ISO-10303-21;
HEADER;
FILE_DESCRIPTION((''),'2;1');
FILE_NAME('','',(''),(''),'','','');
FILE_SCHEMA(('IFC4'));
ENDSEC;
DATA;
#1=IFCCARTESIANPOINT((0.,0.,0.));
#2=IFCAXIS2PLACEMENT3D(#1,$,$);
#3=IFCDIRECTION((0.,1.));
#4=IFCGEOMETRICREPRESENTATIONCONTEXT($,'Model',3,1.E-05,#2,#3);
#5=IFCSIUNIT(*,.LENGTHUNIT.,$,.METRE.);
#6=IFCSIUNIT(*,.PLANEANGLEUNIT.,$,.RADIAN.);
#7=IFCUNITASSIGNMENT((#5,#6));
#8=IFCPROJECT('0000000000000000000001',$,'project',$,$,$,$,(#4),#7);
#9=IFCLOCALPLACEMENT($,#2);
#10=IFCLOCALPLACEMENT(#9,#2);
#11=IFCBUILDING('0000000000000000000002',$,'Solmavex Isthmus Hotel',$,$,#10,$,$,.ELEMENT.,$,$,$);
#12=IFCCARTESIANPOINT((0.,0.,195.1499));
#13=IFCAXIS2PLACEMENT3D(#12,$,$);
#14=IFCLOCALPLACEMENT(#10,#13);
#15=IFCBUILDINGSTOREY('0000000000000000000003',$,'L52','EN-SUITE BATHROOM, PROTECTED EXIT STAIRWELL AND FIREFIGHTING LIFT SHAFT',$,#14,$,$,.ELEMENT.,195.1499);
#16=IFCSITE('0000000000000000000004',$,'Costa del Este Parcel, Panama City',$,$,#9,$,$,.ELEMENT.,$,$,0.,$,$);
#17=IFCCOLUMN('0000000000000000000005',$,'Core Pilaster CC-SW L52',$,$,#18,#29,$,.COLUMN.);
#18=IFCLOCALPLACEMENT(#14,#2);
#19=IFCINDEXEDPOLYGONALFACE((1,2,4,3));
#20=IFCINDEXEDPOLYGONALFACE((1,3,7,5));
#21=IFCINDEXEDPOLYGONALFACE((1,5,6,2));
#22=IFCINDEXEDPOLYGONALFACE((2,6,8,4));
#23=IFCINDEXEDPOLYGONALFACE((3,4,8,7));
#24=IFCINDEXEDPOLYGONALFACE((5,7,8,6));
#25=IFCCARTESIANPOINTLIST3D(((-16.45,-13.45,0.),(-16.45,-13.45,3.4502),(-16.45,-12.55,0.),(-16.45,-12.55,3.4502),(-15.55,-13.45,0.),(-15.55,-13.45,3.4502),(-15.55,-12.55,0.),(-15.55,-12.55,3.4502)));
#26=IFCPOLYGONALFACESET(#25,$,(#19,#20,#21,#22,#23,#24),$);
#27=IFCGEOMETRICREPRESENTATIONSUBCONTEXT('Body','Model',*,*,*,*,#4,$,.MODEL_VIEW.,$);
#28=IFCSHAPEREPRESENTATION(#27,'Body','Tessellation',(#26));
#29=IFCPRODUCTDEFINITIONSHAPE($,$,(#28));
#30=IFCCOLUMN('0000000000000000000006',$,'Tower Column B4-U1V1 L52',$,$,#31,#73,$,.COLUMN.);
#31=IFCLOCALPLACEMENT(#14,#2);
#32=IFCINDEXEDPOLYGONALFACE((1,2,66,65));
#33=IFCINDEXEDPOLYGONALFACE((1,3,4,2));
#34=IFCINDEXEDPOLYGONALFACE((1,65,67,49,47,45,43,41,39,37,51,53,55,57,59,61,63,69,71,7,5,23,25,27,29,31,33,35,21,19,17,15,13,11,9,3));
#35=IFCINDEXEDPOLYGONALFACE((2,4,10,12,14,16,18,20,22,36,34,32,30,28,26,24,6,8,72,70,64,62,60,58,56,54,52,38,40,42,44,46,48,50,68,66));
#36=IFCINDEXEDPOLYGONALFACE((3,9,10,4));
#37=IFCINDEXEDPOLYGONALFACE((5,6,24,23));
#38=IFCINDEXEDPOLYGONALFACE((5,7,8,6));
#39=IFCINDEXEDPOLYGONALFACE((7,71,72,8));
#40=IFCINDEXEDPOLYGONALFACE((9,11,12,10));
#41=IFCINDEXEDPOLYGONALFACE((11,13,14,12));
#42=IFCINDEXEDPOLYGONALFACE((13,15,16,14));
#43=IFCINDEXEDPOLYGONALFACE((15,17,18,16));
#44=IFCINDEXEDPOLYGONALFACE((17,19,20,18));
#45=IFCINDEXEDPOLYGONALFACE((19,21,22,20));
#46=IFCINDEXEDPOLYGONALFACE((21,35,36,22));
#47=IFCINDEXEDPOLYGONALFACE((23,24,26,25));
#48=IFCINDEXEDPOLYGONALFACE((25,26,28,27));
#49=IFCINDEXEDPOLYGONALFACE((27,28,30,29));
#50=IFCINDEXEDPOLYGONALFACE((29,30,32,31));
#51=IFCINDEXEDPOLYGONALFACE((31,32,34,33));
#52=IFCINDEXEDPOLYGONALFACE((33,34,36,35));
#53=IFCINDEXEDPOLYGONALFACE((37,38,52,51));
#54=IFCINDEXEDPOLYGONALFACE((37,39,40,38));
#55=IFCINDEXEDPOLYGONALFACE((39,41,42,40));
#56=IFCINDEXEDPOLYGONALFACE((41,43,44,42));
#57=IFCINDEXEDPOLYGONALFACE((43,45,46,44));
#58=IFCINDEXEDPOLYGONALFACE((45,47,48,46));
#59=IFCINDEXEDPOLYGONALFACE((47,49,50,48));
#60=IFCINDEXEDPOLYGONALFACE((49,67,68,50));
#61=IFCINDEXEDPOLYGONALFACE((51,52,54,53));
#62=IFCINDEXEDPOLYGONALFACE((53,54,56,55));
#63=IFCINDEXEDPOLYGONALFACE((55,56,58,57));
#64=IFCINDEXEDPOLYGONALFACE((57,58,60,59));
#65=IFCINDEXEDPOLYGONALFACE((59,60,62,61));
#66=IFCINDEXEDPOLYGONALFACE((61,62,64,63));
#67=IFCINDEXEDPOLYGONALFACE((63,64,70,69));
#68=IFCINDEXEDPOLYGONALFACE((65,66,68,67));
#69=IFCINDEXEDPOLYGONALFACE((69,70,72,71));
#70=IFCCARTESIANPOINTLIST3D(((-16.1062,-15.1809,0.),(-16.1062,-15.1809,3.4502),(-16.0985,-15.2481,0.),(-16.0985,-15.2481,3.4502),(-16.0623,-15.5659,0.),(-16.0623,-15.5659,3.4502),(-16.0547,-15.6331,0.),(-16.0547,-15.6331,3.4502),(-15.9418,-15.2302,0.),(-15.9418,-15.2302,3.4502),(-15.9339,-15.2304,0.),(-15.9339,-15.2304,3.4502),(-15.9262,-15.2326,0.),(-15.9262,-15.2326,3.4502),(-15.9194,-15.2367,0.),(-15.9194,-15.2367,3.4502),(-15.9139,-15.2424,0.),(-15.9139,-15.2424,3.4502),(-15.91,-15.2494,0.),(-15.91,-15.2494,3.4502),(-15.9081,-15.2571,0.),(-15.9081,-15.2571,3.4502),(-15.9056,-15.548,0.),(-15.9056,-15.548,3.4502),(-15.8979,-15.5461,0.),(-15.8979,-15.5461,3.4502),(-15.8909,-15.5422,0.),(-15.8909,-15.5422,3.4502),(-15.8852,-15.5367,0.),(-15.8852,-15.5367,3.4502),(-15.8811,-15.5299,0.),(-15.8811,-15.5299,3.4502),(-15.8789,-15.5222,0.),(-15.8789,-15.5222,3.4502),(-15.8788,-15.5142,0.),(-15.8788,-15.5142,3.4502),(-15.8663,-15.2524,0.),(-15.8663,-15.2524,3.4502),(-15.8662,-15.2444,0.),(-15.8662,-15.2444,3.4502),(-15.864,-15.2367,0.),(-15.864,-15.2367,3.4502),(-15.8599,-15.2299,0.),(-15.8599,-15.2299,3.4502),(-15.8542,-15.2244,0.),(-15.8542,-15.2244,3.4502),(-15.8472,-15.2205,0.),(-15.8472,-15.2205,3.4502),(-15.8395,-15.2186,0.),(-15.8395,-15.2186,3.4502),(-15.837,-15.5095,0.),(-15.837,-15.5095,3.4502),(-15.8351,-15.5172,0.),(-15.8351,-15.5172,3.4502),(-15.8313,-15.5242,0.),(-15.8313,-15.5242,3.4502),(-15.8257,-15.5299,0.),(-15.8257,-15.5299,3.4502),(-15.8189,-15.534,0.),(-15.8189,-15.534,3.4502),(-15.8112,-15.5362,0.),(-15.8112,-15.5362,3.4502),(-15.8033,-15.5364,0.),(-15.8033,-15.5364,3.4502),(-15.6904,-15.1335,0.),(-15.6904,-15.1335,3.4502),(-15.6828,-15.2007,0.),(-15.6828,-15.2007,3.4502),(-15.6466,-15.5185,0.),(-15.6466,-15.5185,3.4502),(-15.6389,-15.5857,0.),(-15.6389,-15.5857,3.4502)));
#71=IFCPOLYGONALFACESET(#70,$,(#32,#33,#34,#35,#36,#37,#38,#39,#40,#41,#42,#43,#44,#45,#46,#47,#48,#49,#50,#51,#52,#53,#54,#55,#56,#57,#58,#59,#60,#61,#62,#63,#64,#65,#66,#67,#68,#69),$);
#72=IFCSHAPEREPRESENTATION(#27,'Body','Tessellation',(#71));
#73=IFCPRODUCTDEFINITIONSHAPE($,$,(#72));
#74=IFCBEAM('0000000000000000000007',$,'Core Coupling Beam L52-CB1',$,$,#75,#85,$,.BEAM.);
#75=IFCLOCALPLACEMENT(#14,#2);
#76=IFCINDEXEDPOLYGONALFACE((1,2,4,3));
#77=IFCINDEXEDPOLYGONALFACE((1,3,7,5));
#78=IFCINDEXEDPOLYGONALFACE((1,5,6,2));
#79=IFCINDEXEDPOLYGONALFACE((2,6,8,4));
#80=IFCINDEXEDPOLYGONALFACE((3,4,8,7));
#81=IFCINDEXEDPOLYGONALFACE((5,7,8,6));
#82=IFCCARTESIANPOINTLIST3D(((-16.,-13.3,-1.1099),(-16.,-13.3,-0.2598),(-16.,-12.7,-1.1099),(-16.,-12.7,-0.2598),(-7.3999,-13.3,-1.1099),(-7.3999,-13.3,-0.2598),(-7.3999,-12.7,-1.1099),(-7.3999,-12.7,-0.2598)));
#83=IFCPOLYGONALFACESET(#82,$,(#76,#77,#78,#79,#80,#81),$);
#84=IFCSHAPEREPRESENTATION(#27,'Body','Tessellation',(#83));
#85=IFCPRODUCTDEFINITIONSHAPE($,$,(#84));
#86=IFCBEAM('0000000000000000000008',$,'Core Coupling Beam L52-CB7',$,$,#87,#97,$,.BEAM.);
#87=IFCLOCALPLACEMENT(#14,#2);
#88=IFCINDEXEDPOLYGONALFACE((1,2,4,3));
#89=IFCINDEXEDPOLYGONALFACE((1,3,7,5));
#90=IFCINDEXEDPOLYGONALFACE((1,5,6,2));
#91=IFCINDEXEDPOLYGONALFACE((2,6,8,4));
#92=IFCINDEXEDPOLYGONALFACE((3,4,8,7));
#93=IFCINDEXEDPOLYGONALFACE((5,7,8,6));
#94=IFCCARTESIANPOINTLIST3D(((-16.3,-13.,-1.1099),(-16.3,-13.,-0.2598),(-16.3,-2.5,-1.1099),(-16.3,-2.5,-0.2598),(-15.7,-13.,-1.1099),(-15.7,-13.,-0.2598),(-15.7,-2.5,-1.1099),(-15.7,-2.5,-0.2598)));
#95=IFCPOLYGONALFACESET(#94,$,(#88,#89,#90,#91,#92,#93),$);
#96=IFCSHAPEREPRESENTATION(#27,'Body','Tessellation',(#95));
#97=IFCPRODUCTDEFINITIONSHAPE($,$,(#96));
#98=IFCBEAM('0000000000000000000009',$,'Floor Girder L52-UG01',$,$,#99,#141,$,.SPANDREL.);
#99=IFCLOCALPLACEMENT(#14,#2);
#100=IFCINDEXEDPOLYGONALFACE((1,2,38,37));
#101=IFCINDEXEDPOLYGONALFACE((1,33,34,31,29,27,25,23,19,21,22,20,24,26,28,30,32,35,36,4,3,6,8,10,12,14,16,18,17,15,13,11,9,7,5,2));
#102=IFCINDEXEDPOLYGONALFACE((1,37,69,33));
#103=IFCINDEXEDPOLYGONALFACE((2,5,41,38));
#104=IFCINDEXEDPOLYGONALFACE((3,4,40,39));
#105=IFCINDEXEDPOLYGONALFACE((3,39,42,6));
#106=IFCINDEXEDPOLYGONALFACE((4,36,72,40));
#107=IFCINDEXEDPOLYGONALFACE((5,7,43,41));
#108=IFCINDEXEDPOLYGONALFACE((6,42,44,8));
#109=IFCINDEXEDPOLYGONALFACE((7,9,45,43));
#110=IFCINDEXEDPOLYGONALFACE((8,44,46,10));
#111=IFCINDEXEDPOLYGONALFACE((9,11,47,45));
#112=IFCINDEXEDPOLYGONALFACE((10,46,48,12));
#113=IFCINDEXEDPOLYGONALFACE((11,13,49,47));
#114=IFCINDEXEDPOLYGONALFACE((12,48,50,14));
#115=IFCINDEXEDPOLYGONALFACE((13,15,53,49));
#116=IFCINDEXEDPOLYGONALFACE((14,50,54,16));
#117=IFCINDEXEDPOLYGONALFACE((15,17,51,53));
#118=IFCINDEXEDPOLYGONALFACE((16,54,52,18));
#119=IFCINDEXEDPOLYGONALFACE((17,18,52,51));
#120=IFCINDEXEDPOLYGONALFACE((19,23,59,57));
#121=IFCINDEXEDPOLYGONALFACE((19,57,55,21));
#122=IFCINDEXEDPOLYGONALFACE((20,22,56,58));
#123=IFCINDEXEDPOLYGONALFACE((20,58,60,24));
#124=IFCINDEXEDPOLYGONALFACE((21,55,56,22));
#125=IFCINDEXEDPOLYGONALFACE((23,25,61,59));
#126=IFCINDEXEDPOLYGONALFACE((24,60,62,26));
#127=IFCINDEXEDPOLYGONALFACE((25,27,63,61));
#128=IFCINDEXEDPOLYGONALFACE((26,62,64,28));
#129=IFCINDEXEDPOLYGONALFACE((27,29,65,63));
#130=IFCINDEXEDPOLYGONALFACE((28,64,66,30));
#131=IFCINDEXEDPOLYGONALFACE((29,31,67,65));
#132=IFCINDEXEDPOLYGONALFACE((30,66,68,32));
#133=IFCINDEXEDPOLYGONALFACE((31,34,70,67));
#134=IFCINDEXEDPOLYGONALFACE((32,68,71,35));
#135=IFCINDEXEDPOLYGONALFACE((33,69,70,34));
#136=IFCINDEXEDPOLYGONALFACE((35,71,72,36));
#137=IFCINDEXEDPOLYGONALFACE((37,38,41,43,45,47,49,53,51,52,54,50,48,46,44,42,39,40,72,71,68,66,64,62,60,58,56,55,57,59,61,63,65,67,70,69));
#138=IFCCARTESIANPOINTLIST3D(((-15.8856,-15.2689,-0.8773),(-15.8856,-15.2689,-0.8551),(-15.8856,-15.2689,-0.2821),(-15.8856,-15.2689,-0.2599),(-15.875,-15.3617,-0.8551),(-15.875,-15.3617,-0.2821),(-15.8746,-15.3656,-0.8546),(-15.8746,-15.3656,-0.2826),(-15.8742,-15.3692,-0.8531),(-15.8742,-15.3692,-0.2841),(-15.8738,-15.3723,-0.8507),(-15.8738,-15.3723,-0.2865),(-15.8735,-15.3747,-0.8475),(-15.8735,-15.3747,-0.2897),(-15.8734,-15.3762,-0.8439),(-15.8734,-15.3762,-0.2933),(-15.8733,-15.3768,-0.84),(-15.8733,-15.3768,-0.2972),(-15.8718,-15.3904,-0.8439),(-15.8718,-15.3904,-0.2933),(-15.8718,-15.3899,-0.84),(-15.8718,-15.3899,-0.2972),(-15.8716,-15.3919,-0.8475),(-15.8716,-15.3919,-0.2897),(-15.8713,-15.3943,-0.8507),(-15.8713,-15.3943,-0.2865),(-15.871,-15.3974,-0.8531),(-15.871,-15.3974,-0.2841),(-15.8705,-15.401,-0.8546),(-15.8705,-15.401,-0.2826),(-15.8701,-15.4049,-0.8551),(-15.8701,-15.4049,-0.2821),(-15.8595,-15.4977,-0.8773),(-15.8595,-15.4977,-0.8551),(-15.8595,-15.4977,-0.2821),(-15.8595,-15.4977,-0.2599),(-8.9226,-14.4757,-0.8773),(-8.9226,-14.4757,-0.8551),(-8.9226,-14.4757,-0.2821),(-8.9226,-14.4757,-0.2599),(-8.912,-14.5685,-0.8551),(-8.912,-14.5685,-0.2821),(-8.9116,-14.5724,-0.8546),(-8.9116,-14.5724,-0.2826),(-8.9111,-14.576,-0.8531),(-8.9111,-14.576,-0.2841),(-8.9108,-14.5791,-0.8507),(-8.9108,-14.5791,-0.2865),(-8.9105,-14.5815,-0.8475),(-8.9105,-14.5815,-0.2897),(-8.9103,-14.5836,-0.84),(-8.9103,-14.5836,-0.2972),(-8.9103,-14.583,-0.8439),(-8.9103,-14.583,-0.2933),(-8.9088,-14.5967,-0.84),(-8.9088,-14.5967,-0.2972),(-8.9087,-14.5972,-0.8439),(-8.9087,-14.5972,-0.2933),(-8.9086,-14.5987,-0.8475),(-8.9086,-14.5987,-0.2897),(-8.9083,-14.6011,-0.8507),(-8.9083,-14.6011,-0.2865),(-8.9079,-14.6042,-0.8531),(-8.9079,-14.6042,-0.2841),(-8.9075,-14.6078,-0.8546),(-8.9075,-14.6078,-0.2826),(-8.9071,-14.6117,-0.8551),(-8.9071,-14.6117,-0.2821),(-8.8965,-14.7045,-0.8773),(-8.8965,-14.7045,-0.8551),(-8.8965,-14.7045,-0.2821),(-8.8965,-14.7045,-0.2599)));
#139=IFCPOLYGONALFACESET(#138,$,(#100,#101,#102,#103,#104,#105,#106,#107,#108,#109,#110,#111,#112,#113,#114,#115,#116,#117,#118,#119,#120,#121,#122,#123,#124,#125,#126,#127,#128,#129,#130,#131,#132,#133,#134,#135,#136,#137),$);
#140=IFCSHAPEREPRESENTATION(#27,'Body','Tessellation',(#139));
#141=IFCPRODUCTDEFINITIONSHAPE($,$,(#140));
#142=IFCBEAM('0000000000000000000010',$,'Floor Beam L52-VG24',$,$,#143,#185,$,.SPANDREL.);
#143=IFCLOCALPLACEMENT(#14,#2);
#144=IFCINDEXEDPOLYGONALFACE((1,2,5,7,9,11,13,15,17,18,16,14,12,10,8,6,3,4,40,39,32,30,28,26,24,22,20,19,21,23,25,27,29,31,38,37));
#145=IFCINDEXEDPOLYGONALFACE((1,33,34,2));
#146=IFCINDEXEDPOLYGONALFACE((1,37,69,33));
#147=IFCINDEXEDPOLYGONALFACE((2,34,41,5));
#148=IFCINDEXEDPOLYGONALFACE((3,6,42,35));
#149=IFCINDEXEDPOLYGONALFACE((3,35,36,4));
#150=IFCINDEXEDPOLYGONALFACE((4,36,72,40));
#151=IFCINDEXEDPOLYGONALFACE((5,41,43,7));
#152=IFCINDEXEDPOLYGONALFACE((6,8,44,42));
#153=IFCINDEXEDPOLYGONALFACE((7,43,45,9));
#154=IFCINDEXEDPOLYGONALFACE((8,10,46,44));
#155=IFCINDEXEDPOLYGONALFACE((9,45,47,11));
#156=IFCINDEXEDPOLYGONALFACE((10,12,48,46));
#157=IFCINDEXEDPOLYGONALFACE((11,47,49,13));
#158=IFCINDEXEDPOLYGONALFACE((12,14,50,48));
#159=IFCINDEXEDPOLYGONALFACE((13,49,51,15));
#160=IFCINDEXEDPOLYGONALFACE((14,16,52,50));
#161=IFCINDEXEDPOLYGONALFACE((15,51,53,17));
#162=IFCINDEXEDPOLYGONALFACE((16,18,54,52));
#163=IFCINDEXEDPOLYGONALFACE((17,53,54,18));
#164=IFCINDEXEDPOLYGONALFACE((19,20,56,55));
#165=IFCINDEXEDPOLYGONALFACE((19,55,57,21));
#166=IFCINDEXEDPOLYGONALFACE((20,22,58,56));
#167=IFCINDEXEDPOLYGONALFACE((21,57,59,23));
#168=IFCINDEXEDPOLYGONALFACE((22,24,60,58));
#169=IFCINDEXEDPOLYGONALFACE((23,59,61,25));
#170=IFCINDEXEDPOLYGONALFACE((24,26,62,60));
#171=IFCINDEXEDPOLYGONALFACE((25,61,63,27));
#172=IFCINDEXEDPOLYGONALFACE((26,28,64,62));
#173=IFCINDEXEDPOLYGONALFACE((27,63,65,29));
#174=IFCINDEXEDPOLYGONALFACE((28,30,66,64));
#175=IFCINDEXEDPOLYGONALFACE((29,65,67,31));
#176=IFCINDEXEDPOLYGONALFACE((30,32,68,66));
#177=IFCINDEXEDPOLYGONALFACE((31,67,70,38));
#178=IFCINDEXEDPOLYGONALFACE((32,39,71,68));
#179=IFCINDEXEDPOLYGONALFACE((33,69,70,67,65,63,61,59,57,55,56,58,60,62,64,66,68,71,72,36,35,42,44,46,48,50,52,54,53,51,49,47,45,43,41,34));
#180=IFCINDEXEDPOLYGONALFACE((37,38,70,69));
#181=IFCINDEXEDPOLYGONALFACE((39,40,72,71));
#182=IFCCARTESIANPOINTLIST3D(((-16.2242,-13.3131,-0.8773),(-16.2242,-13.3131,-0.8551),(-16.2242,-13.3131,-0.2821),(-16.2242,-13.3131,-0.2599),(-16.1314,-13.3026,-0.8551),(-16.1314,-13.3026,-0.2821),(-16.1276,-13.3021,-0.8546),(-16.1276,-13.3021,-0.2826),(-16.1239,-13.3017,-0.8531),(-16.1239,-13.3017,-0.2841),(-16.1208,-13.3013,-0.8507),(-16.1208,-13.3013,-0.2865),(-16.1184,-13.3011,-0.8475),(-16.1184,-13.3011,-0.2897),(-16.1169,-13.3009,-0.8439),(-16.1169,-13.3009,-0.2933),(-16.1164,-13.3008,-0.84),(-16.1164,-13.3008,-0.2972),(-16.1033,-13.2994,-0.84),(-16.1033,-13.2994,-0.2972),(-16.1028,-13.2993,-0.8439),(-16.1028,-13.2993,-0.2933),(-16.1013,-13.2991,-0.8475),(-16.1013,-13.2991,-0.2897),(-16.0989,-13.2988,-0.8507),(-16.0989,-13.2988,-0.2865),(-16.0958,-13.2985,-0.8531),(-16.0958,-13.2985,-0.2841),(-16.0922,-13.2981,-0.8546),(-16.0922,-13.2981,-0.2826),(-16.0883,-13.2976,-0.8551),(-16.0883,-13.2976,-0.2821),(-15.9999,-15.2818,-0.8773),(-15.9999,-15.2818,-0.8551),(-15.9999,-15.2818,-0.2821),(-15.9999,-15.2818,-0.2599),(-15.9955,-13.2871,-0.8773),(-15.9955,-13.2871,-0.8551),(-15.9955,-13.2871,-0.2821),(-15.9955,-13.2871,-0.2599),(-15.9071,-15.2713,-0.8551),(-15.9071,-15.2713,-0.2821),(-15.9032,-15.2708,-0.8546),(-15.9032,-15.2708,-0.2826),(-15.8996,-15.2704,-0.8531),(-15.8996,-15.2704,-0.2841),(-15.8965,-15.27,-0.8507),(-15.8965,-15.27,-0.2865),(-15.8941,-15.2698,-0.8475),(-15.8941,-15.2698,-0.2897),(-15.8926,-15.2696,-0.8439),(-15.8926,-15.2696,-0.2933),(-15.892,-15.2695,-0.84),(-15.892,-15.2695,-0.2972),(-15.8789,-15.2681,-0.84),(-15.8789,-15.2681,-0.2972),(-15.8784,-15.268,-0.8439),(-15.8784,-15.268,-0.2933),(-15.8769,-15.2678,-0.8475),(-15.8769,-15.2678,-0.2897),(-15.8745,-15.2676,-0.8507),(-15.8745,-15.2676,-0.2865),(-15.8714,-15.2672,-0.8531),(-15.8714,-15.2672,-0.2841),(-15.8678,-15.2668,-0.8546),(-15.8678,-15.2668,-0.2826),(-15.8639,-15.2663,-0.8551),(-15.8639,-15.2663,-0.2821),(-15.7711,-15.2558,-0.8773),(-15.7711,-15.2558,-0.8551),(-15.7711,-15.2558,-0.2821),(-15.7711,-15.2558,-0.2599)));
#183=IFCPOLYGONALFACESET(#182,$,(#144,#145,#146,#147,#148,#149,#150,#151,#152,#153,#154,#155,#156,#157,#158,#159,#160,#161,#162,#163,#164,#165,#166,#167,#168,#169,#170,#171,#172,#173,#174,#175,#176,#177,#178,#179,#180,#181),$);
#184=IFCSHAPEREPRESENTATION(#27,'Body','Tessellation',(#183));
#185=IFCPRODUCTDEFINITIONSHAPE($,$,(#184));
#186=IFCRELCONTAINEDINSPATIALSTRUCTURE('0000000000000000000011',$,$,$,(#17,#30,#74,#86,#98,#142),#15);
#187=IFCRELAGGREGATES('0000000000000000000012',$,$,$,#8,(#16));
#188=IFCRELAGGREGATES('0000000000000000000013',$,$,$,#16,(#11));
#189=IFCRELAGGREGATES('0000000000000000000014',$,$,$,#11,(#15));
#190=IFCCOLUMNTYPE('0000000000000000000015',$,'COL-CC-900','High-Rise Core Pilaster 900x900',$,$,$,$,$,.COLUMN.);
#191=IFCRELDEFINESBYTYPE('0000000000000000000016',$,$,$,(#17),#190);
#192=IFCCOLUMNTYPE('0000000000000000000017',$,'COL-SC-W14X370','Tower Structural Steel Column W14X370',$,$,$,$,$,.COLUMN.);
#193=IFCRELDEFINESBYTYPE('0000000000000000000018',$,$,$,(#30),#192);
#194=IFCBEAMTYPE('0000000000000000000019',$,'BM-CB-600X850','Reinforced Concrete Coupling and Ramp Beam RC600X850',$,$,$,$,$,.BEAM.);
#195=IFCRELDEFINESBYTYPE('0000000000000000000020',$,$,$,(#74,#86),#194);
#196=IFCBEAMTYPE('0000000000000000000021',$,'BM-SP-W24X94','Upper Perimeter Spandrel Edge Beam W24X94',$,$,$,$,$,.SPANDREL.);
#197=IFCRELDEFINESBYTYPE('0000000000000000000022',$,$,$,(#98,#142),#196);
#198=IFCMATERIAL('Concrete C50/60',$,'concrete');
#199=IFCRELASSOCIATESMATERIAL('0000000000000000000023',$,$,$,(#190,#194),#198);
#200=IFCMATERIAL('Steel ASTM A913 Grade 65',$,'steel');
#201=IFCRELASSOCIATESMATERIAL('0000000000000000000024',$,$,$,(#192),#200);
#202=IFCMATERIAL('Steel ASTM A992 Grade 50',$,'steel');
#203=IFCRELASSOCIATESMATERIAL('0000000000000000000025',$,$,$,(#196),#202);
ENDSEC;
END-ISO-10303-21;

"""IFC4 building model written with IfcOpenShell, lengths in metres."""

from ifc_helpers import new_model, si_unit, direction, frame, origin, origin_2d, place, context, subcontext, project, spatial, rectangle, i_section, extrude, material, material_profile, profile_set, type_object, element, save


model = new_model("IFC4")

# Units and contexts
model_context = context("Model", 3, precision=1e-05, world=origin(), true_north=direction((0.0, 1.0)))
body_context = subcontext(model_context, "Body", "Model", "MODEL_VIEW")
ifc_project = project(units=[si_unit("LENGTHUNIT", "METRE"), si_unit("PLANEANGLEUNIT", "RADIAN")], contexts=[model_context])

# Site, building, storey
site_placement = place(None, origin())
site = spatial("IfcSite", under=ifc_project, at=site_placement, Name="Costa del Este Parcel, Panama City", CompositionType="ELEMENT", RefElevation=0.0)
building_placement = place(site_placement, origin())
building = spatial("IfcBuilding", under=site, at=building_placement, Name="Solmavex Isthmus Hotel", CompositionType="ELEMENT")
storey_placement = place(building_placement, frame((0.0, 0.0, 195.1499)))
storey = spatial("IfcBuildingStorey", under=building, at=storey_placement, Name="L52", Description="EN-SUITE BATHROOM, PROTECTED EXIT STAIRWELL AND FIREFIGHTING LIFT SHAFT", CompositionType="ELEMENT", Elevation=195.1499)

# Columns
ifc_material_1 = material(Name="Concrete C50/60", Category="concrete")
ifc_material_profile_1 = material_profile(ifc_material_1, rectangle(XDim=0.8999, YDim=0.8999, at=origin_2d()), Name="RC900X900")
ifc_profile_set_1 = profile_set([ifc_material_profile_1], Name="Concrete C50/60")
column_type_1 = type_object("IfcColumnType", Name="COL-CC-900", Description="High-Rise Core Pilaster 900x900", PredefinedType="COLUMN", material=ifc_profile_set_1)
column_1_placement = place(storey_placement, frame((-16.0, -13.0, 0.0), z_axis=(0.0, 0.0, 1.0), x_axis=(1.0, 0.0, 0.0)))
element("IfcColumn", 1, at=column_1_placement, inside=storey, type_object=column_type_1, Name="Core Pilaster CC-SW L52", PredefinedType="COLUMN", context=body_context, shape_type="SweptSolid", body=[
    extrude(rectangle(XDim=0.8999, YDim=0.8999, at=origin_2d()), origin(), (0.0, 0.0, 1.0), 3.4502),
])
ifc_material_2 = material(Name="Steel ASTM A913 Grade 65", Category="steel")
ifc_material_profile_2 = material_profile(ifc_material_2, i_section(OverallWidth=0.4185, OverallDepth=0.4551, WebThickness=0.042, FlangeThickness=0.0676, FilletRadius=0.0305, at=origin_2d()), Name="W14X370")
ifc_profile_set_2 = profile_set([ifc_material_profile_2], Name="Steel ASTM A913 Grade 65")
column_type_2 = type_object("IfcColumnType", Name="COL-SC-W14X370", Description="Tower Structural Steel Column W14X370", PredefinedType="COLUMN", material=ifc_profile_set_2)
column_2_placement = place(storey_placement, frame((-15.8726, -15.3833, 0.0), z_axis=(0.0, 0.0, 1.0), x_axis=(0.993572, 0.113203, 0.0)))
element("IfcColumn", 2, at=column_2_placement, inside=storey, type_object=column_type_2, Name="Tower Column B4-U1V1 L52", PredefinedType="COLUMN", context=body_context, shape_type="SweptSolid", body=[
    extrude(i_section(OverallWidth=0.4185, OverallDepth=0.4551, WebThickness=0.042, FlangeThickness=0.0676, FilletRadius=0.0305, at=origin_2d()), origin(), (0.0, 0.0, 1.0), 3.4502),
])

# Beams
ifc_material_profile_3 = material_profile(ifc_material_1, rectangle(XDim=0.6001, YDim=0.8501, at=origin_2d()), Name="RC600X850")
ifc_profile_set_3 = profile_set([ifc_material_profile_3], Name="Concrete C50/60")
beam_type_1 = type_object("IfcBeamType", Name="BM-CB-600X850", Description="Reinforced Concrete Coupling and Ramp Beam RC600X850", PredefinedType="BEAM", material=ifc_profile_set_3)
beam_1_placement = place(storey_placement, frame((-16.0, -13.0, -0.6848), z_axis=(1.0, 0.0, 0.0), x_axis=(0.0, 1.0, 0.0)))
element("IfcBeam", 3, at=beam_1_placement, inside=storey, type_object=beam_type_1, Name="Core Coupling Beam L52-CB1", PredefinedType="BEAM", context=body_context, shape_type="SweptSolid", body=[
    extrude(rectangle(XDim=0.6001, YDim=0.8501, at=origin_2d()), origin(), (0.0, 0.0, 1.0), 8.6001),
])
beam_2_placement = place(storey_placement, frame((-16.0, -13.0, -0.6848), z_axis=(0.0, 1.0, 0.0), x_axis=(-1.0, 0.0, 0.0)))
element("IfcBeam", 4, at=beam_2_placement, inside=storey, type_object=beam_type_1, Name="Core Coupling Beam L52-CB7", PredefinedType="BEAM", context=body_context, shape_type="SweptSolid", body=[
    extrude(rectangle(XDim=0.6001, YDim=0.8501, at=origin_2d()), origin(), (0.0, 0.0, 1.0), 10.5),
])
ifc_material_3 = material(Name="Steel ASTM A992 Grade 50", Category="steel")
ifc_material_profile_4 = material_profile(ifc_material_3, i_section(OverallWidth=0.2302, OverallDepth=0.6174, WebThickness=0.0132, FlangeThickness=0.0222, FilletRadius=0.0151, at=origin_2d()), Name="W24X94")
ifc_profile_set_4 = profile_set([ifc_material_profile_4], Name="Steel ASTM A992 Grade 50")
beam_type_2 = type_object("IfcBeamType", Name="BM-SP-W24X94", Description="Upper Perimeter Spandrel Edge Beam W24X94", PredefinedType="SPANDREL", material=ifc_profile_set_4)
beam_3_placement = place(storey_placement, frame((-15.8726, -15.3833, -0.5686), z_axis=(0.993574, 0.113184, 0.0), x_axis=(-0.113184, 0.993574, 0.0)))
element("IfcBeam", 5, at=beam_3_placement, inside=storey, type_object=beam_type_2, Name="Floor Girder L52-UG01", PredefinedType="SPANDREL", context=body_context, shape_type="SweptSolid", body=[
    extrude(i_section(OverallWidth=0.2302, OverallDepth=0.6174, WebThickness=0.0132, FlangeThickness=0.0222, FilletRadius=0.0151, at=origin_2d()), origin(), (0.0, 0.0, 1.0), 7.0081),
])
beam_4_placement = place(storey_placement, frame((-15.8855, -15.2688, -0.5686), z_axis=(-0.11323, 0.993569, 0.0), x_axis=(-0.993569, -0.11323, 0.0)))
element("IfcBeam", 6, at=beam_4_placement, inside=storey, type_object=beam_type_2, Name="Floor Beam L52-VG24", PredefinedType="SPANDREL", context=body_context, shape_type="SweptSolid", body=[
    extrude(i_section(OverallWidth=0.2302, OverallDepth=0.6174, WebThickness=0.0132, FlangeThickness=0.0222, FilletRadius=0.0151, at=origin_2d()), origin(), (0.0, 0.0, 1.0), 1.9814),
])

save(model, "model.ifc")
